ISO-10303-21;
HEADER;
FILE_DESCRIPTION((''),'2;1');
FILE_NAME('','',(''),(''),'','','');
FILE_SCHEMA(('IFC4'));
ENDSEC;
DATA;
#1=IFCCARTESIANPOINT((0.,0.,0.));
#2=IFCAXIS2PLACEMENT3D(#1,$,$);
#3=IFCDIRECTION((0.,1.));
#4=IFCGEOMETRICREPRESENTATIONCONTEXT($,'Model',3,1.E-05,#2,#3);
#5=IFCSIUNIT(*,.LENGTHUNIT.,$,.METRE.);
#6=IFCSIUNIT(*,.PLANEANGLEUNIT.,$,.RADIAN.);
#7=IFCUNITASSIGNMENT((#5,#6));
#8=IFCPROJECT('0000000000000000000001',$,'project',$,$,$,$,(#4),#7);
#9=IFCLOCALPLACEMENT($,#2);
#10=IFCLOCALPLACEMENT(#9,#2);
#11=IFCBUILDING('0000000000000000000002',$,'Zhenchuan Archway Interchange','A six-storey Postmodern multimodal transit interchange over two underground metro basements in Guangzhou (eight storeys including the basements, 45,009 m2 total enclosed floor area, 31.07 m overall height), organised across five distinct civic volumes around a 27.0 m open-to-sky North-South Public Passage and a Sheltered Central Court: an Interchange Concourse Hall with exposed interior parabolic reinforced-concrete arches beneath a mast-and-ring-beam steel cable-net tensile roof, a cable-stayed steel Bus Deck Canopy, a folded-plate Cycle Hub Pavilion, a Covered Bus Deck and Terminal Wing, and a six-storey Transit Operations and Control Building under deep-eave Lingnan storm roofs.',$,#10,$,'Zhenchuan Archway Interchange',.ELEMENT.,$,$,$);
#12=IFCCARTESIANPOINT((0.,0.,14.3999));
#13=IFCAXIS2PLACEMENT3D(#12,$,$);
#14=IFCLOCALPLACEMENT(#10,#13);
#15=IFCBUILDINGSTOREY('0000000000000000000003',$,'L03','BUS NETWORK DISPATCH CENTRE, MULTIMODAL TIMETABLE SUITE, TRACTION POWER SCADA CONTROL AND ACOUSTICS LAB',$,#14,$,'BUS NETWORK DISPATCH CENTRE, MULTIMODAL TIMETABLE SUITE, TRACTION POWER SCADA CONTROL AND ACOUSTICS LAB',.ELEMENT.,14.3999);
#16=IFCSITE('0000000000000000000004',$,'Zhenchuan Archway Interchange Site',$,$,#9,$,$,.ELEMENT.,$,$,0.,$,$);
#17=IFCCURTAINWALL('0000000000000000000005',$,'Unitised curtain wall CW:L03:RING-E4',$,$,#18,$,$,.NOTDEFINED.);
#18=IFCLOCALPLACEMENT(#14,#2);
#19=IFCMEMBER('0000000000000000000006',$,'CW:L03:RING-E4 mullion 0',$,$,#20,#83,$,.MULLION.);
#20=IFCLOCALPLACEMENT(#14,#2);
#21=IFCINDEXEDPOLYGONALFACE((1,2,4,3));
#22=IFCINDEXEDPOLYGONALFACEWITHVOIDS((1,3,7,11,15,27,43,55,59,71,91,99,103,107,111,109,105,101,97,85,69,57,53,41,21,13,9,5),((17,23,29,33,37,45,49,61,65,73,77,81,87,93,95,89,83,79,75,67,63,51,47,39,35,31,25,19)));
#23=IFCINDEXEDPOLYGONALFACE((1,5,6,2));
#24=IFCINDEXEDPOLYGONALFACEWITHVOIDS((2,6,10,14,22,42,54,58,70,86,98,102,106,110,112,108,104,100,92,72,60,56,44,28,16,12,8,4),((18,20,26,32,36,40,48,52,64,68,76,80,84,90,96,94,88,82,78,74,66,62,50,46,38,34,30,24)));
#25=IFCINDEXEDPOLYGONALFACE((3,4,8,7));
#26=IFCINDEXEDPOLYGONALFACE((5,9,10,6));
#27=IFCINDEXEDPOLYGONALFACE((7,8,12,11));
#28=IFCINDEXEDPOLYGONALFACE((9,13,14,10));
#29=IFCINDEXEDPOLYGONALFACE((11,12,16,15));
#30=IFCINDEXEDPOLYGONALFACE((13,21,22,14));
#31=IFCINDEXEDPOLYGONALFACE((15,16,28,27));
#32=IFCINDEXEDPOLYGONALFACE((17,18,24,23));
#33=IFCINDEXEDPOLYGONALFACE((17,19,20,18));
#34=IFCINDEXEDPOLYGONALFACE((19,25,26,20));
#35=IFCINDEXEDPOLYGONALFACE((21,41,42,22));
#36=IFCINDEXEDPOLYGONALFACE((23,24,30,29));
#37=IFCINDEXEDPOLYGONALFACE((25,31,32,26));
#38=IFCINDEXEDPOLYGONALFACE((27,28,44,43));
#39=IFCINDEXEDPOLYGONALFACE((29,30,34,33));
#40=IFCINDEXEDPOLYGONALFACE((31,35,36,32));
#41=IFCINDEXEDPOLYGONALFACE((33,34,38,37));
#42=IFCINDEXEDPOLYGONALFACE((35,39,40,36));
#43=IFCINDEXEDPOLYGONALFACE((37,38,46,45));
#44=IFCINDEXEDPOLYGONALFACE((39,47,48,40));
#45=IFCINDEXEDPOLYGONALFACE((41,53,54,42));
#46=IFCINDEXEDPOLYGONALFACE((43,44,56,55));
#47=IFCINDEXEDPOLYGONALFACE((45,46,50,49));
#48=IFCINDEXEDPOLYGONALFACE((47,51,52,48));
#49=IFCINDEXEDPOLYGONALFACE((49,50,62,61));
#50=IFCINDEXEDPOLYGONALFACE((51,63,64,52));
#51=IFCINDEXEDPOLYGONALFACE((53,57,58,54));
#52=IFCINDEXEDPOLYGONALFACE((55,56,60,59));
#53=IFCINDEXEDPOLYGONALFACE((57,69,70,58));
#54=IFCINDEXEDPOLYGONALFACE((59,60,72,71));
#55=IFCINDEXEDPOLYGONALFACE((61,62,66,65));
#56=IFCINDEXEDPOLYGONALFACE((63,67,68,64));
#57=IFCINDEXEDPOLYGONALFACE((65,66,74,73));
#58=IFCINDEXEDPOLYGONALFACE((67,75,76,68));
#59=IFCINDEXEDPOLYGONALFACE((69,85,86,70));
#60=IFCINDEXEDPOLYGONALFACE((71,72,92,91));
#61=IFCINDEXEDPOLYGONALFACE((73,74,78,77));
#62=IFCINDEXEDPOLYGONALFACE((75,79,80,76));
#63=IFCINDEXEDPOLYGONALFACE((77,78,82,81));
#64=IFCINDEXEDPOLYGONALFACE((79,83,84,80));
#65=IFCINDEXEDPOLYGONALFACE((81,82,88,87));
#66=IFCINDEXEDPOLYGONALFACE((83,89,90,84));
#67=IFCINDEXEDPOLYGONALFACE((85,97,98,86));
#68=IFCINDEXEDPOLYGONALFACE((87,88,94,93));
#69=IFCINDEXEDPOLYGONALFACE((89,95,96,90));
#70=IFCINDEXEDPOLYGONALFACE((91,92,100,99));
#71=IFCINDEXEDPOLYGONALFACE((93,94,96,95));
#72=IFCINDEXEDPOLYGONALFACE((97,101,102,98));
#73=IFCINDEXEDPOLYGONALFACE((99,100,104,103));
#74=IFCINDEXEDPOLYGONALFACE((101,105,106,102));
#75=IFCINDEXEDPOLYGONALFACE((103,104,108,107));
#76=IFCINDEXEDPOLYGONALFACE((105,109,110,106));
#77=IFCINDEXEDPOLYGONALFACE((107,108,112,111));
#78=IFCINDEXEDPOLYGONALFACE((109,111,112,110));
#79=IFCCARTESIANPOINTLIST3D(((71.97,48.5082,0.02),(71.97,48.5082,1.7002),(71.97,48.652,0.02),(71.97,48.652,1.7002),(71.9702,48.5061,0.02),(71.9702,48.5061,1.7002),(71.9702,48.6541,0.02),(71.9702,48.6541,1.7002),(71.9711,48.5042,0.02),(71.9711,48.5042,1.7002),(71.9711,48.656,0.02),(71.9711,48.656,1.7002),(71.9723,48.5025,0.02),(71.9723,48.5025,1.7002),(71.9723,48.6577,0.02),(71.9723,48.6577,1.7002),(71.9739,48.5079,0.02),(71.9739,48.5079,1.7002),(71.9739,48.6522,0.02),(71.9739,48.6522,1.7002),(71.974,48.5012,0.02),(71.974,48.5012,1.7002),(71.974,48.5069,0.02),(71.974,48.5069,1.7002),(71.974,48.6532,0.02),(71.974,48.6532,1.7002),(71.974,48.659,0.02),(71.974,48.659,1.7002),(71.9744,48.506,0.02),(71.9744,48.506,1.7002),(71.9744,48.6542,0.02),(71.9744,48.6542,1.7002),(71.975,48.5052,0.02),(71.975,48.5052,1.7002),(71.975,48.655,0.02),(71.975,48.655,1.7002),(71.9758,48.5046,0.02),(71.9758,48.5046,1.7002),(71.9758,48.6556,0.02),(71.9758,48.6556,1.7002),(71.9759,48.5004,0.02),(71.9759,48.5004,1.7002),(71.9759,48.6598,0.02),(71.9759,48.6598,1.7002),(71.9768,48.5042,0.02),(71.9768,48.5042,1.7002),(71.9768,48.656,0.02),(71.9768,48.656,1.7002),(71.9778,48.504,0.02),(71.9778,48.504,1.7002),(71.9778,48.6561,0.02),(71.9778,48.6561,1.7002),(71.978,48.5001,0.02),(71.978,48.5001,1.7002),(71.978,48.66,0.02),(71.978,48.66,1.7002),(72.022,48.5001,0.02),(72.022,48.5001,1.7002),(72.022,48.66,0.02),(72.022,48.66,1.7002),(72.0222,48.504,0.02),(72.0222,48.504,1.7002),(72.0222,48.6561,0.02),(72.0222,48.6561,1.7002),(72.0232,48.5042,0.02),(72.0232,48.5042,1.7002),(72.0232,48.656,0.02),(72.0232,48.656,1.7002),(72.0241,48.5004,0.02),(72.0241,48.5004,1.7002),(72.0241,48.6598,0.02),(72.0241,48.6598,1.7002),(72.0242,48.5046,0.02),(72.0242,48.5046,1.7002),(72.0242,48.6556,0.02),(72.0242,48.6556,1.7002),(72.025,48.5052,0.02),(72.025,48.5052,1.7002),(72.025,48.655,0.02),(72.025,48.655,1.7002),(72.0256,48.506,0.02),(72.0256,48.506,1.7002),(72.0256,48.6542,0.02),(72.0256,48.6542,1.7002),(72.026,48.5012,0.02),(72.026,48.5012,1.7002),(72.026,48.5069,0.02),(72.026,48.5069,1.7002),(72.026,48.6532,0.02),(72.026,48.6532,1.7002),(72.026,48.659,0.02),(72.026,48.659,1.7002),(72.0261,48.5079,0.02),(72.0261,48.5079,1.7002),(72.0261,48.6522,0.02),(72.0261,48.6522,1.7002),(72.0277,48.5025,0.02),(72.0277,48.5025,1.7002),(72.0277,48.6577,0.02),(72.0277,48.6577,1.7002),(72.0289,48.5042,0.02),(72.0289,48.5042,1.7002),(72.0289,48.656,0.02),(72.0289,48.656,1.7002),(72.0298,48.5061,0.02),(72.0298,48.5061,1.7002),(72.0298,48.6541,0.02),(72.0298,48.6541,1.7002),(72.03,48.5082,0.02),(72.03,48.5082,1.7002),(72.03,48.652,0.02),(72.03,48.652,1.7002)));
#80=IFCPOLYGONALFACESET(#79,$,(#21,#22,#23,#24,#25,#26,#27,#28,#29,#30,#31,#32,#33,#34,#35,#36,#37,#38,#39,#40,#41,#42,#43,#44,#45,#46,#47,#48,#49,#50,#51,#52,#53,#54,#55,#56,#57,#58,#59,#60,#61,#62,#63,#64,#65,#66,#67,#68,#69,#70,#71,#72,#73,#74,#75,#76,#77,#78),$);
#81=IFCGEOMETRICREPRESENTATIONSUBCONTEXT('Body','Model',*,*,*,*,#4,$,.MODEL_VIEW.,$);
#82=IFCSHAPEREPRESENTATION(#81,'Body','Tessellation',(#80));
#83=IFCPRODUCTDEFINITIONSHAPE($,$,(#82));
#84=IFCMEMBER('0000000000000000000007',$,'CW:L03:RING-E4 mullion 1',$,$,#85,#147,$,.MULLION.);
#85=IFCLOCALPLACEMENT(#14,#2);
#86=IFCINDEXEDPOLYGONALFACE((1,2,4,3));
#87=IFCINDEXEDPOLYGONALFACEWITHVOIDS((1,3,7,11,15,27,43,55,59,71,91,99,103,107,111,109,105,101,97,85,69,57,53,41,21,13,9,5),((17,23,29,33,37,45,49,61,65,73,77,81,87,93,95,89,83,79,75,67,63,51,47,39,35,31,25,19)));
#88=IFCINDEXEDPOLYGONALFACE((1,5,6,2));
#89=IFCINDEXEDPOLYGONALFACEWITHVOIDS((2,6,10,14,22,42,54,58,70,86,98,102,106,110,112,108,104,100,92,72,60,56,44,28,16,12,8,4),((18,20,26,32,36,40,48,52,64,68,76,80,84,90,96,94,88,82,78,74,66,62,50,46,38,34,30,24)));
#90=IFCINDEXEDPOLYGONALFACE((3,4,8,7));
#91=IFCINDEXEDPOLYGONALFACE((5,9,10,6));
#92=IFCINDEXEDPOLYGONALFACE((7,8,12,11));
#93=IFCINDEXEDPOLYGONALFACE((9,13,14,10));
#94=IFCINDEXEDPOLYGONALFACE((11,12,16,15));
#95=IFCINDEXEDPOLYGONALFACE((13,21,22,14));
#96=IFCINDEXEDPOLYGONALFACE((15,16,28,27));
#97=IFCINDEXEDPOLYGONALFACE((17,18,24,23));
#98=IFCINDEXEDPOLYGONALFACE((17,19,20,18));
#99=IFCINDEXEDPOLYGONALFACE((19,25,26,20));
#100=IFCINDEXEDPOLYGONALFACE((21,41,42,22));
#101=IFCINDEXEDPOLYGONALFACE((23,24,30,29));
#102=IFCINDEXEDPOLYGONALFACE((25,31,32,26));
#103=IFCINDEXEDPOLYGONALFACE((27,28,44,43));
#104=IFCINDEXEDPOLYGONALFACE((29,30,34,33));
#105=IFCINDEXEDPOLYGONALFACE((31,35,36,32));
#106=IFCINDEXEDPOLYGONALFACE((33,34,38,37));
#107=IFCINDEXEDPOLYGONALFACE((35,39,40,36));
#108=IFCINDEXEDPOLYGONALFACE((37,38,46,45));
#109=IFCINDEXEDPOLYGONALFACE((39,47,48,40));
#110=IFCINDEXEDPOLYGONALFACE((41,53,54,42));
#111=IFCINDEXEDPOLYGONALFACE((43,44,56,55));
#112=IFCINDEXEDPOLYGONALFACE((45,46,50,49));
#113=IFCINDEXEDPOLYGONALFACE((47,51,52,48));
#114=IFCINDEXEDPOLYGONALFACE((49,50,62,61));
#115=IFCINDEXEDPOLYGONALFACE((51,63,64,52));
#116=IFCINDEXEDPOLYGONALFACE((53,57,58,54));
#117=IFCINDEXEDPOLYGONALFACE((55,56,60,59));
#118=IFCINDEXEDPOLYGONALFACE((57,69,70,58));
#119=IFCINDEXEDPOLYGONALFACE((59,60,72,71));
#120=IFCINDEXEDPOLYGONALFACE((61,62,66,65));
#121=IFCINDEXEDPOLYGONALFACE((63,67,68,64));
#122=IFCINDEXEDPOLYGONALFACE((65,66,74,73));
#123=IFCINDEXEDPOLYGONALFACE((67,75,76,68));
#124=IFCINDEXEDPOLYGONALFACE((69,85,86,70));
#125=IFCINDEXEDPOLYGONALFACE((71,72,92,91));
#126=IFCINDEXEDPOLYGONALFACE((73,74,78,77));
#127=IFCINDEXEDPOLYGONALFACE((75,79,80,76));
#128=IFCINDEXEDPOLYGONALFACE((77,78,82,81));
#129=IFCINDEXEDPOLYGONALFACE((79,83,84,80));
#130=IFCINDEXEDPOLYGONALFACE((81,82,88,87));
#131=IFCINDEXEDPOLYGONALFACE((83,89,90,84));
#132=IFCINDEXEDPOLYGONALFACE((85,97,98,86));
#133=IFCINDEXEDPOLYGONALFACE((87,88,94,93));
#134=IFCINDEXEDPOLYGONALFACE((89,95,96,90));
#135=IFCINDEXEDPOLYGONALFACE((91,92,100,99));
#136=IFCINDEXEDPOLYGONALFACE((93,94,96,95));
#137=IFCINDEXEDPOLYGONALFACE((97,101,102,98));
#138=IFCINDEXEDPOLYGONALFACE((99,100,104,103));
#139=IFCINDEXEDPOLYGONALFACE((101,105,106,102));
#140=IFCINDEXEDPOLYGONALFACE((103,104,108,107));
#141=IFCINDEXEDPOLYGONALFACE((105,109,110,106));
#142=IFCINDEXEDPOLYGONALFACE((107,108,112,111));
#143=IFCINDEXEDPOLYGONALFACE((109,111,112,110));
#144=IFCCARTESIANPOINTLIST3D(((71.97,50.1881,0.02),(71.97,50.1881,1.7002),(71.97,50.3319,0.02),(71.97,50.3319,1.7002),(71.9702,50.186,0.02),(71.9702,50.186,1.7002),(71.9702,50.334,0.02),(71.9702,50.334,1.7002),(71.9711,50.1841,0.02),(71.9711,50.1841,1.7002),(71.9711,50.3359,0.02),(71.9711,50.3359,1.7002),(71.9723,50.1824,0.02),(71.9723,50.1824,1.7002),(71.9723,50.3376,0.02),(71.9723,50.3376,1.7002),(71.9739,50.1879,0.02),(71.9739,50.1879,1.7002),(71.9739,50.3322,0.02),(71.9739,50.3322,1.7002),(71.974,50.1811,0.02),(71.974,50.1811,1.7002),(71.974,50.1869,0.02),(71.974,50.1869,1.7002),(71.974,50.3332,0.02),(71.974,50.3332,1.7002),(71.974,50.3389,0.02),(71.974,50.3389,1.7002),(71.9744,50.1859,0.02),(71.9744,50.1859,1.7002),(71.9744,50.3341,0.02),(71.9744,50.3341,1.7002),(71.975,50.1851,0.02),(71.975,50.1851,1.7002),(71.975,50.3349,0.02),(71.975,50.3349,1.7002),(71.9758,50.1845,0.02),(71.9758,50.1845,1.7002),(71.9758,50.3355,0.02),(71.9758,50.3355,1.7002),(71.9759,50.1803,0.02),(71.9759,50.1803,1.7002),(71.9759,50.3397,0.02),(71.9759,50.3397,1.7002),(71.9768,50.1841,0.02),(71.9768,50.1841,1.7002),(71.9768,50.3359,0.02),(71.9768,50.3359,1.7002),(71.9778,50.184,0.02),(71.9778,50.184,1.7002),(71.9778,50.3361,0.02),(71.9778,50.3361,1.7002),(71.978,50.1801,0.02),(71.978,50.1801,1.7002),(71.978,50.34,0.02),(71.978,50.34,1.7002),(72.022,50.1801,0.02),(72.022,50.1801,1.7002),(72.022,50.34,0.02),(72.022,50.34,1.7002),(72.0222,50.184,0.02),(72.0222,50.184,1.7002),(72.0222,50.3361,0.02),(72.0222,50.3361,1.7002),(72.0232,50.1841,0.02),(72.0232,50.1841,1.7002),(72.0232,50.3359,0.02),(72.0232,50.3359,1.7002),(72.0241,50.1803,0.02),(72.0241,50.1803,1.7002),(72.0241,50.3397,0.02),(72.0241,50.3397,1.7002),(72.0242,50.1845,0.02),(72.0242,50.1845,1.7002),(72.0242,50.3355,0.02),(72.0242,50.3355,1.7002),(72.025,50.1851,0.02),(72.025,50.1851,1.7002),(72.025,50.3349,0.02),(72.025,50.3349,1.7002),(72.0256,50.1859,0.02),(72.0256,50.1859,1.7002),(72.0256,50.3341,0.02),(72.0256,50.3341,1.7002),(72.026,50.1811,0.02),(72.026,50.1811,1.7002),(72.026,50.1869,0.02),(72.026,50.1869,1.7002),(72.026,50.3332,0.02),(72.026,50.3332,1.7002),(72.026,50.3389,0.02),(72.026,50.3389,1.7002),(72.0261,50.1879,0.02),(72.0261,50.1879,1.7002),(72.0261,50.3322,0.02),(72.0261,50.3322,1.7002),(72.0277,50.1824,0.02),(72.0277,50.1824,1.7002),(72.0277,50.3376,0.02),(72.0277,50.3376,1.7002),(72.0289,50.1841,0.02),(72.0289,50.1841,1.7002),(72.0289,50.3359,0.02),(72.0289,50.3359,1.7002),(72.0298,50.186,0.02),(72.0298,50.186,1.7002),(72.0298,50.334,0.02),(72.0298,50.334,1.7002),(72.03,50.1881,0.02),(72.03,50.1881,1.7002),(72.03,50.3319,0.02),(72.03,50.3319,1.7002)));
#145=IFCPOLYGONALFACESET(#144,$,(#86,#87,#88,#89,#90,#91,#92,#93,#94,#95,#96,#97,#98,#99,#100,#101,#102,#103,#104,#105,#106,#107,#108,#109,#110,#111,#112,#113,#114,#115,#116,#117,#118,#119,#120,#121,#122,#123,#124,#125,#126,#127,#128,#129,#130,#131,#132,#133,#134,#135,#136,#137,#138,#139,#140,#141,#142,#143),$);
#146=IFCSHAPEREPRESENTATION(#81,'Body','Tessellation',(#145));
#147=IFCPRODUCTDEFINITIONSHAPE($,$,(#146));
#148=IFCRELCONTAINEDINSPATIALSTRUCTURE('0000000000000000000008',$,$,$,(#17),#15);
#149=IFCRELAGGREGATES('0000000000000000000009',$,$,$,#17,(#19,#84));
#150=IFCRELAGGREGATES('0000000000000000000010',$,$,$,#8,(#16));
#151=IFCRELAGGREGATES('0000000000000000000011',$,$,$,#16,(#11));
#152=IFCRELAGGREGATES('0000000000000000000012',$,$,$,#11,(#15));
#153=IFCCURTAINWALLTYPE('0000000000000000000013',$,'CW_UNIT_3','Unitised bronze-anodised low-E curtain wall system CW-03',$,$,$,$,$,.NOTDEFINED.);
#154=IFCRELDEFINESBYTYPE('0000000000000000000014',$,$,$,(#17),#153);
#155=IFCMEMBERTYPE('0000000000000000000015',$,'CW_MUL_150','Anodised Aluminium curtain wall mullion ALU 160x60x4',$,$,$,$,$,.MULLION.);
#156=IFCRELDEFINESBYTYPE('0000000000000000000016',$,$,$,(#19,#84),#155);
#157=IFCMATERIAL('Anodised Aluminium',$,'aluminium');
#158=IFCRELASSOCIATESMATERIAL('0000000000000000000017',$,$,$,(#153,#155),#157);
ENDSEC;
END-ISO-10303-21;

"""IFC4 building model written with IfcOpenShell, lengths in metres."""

from ifc_helpers import new_model, si_unit, direction, frame, origin, origin_2d, place, context, subcontext, project, spatial, hollow_rectangle, extrude, material, material_profile, profile_set, type_object, element, aggregate, save


model = new_model("IFC4")

# Units and contexts
model_context = context("Model", 3, precision=1e-05, world=origin(), true_north=direction((0.0, 1.0)))
body_context = subcontext(model_context, "Body", "Model", "MODEL_VIEW")
ifc_project = project(units=[si_unit("LENGTHUNIT", "METRE"), si_unit("PLANEANGLEUNIT", "RADIAN")], contexts=[model_context])

# Site, building, storey
site_placement = place(None, origin())
site = spatial("IfcSite", under=ifc_project, at=site_placement, Name="Zhenchuan Archway Interchange Site", CompositionType="ELEMENT", RefElevation=0.0)
building_placement = place(site_placement, origin())
building = spatial("IfcBuilding", under=site, at=building_placement, Name="Zhenchuan Archway Interchange", Description="A six-storey Postmodern multimodal transit interchange over two underground metro basements in Guangzhou (eight storeys including the basements, 45,009 m2 total enclosed floor area, 31.07 m overall height), organised across five distinct civic volumes around a 27.0 m open-to-sky North-South Public Passage and a Sheltered Central Court: an Interchange Concourse Hall with exposed interior parabolic reinforced-concrete arches beneath a mast-and-ring-beam steel cable-net tensile roof, a cable-stayed steel Bus Deck Canopy, a folded-plate Cycle Hub Pavilion, a Covered Bus Deck and Terminal Wing, and a six-storey Transit Operations and Control Building under deep-eave Lingnan storm roofs.", LongName="Zhenchuan Archway Interchange", CompositionType="ELEMENT")
storey_placement = place(building_placement, frame((0.0, 0.0, 14.3999)))
storey = spatial("IfcBuildingStorey", under=building, at=storey_placement, Name="L03", Description="BUS NETWORK DISPATCH CENTRE, MULTIMODAL TIMETABLE SUITE, TRACTION POWER SCADA CONTROL AND ACOUSTICS LAB", LongName="BUS NETWORK DISPATCH CENTRE, MULTIMODAL TIMETABLE SUITE, TRACTION POWER SCADA CONTROL AND ACOUSTICS LAB", CompositionType="ELEMENT", Elevation=14.3999)

# Shared definitions
ifc_material_1 = material(Name="Anodised Aluminium", Category="aluminium")
curtain_wall_type = type_object("IfcCurtainWallType", Name="CW_UNIT_3", Description="Unitised bronze-anodised low-E curtain wall system CW-03", PredefinedType="NOTDEFINED", material=ifc_material_1)
ifc_material_profile_1 = material_profile(ifc_material_1, hollow_rectangle(XDim=0.0601, YDim=0.1599, WallThickness=0.0039, InnerFilletRadius=0.0039, OuterFilletRadius=0.0081, at=origin_2d()), Name="ALU 160x60x4")
ifc_profile_set_1 = profile_set([ifc_material_profile_1], Name="Anodised Aluminium")
member_type_1 = type_object("IfcMemberType", Name="CW_MUL_150", Description="Anodised Aluminium curtain wall mullion ALU 160x60x4", PredefinedType="MULLION", material=ifc_profile_set_1)

# Curtain wall, members
curtain_wall_1_placement = place(storey_placement, origin())
curtain_wall_1 = element("IfcCurtainWall", 1, at=curtain_wall_1_placement, inside=storey, type_object=curtain_wall_type, Name="Unitised curtain wall CW:L03:RING-E4", PredefinedType="NOTDEFINED")
member_1_placement = place(storey_placement, frame((72.0, 48.5801, 0.02), z_axis=(0.0, 0.0, 1.0), x_axis=(1.0, 0.0, 0.0)))
member_1 = element("IfcMember", 2, at=member_1_placement, type_object=member_type_1, Name="CW:L03:RING-E4 mullion 0", PredefinedType="MULLION", context=body_context, shape_type="SweptSolid", body=[
    extrude(hollow_rectangle(XDim=0.0601, YDim=0.1599, WallThickness=0.0039, InnerFilletRadius=0.0039, OuterFilletRadius=0.0081, at=origin_2d()), origin(), (0.0, 0.0, 1.0), 1.6802),
])
member_2_placement = place(storey_placement, frame((72.0, 50.26, 0.02), z_axis=(0.0, 0.0, 1.0), x_axis=(1.0, 0.0, 0.0)))
member_2 = element("IfcMember", 3, at=member_2_placement, type_object=member_type_1, Name="CW:L03:RING-E4 mullion 1", PredefinedType="MULLION", context=body_context, shape_type="SweptSolid", body=[
    extrude(hollow_rectangle(XDim=0.0601, YDim=0.1599, WallThickness=0.0039, InnerFilletRadius=0.0039, OuterFilletRadius=0.0081, at=origin_2d()), origin(), (0.0, 0.0, 1.0), 1.6802),
])

aggregate(curtain_wall_1, [member_1, member_2])

save(model, "model.ifc")
